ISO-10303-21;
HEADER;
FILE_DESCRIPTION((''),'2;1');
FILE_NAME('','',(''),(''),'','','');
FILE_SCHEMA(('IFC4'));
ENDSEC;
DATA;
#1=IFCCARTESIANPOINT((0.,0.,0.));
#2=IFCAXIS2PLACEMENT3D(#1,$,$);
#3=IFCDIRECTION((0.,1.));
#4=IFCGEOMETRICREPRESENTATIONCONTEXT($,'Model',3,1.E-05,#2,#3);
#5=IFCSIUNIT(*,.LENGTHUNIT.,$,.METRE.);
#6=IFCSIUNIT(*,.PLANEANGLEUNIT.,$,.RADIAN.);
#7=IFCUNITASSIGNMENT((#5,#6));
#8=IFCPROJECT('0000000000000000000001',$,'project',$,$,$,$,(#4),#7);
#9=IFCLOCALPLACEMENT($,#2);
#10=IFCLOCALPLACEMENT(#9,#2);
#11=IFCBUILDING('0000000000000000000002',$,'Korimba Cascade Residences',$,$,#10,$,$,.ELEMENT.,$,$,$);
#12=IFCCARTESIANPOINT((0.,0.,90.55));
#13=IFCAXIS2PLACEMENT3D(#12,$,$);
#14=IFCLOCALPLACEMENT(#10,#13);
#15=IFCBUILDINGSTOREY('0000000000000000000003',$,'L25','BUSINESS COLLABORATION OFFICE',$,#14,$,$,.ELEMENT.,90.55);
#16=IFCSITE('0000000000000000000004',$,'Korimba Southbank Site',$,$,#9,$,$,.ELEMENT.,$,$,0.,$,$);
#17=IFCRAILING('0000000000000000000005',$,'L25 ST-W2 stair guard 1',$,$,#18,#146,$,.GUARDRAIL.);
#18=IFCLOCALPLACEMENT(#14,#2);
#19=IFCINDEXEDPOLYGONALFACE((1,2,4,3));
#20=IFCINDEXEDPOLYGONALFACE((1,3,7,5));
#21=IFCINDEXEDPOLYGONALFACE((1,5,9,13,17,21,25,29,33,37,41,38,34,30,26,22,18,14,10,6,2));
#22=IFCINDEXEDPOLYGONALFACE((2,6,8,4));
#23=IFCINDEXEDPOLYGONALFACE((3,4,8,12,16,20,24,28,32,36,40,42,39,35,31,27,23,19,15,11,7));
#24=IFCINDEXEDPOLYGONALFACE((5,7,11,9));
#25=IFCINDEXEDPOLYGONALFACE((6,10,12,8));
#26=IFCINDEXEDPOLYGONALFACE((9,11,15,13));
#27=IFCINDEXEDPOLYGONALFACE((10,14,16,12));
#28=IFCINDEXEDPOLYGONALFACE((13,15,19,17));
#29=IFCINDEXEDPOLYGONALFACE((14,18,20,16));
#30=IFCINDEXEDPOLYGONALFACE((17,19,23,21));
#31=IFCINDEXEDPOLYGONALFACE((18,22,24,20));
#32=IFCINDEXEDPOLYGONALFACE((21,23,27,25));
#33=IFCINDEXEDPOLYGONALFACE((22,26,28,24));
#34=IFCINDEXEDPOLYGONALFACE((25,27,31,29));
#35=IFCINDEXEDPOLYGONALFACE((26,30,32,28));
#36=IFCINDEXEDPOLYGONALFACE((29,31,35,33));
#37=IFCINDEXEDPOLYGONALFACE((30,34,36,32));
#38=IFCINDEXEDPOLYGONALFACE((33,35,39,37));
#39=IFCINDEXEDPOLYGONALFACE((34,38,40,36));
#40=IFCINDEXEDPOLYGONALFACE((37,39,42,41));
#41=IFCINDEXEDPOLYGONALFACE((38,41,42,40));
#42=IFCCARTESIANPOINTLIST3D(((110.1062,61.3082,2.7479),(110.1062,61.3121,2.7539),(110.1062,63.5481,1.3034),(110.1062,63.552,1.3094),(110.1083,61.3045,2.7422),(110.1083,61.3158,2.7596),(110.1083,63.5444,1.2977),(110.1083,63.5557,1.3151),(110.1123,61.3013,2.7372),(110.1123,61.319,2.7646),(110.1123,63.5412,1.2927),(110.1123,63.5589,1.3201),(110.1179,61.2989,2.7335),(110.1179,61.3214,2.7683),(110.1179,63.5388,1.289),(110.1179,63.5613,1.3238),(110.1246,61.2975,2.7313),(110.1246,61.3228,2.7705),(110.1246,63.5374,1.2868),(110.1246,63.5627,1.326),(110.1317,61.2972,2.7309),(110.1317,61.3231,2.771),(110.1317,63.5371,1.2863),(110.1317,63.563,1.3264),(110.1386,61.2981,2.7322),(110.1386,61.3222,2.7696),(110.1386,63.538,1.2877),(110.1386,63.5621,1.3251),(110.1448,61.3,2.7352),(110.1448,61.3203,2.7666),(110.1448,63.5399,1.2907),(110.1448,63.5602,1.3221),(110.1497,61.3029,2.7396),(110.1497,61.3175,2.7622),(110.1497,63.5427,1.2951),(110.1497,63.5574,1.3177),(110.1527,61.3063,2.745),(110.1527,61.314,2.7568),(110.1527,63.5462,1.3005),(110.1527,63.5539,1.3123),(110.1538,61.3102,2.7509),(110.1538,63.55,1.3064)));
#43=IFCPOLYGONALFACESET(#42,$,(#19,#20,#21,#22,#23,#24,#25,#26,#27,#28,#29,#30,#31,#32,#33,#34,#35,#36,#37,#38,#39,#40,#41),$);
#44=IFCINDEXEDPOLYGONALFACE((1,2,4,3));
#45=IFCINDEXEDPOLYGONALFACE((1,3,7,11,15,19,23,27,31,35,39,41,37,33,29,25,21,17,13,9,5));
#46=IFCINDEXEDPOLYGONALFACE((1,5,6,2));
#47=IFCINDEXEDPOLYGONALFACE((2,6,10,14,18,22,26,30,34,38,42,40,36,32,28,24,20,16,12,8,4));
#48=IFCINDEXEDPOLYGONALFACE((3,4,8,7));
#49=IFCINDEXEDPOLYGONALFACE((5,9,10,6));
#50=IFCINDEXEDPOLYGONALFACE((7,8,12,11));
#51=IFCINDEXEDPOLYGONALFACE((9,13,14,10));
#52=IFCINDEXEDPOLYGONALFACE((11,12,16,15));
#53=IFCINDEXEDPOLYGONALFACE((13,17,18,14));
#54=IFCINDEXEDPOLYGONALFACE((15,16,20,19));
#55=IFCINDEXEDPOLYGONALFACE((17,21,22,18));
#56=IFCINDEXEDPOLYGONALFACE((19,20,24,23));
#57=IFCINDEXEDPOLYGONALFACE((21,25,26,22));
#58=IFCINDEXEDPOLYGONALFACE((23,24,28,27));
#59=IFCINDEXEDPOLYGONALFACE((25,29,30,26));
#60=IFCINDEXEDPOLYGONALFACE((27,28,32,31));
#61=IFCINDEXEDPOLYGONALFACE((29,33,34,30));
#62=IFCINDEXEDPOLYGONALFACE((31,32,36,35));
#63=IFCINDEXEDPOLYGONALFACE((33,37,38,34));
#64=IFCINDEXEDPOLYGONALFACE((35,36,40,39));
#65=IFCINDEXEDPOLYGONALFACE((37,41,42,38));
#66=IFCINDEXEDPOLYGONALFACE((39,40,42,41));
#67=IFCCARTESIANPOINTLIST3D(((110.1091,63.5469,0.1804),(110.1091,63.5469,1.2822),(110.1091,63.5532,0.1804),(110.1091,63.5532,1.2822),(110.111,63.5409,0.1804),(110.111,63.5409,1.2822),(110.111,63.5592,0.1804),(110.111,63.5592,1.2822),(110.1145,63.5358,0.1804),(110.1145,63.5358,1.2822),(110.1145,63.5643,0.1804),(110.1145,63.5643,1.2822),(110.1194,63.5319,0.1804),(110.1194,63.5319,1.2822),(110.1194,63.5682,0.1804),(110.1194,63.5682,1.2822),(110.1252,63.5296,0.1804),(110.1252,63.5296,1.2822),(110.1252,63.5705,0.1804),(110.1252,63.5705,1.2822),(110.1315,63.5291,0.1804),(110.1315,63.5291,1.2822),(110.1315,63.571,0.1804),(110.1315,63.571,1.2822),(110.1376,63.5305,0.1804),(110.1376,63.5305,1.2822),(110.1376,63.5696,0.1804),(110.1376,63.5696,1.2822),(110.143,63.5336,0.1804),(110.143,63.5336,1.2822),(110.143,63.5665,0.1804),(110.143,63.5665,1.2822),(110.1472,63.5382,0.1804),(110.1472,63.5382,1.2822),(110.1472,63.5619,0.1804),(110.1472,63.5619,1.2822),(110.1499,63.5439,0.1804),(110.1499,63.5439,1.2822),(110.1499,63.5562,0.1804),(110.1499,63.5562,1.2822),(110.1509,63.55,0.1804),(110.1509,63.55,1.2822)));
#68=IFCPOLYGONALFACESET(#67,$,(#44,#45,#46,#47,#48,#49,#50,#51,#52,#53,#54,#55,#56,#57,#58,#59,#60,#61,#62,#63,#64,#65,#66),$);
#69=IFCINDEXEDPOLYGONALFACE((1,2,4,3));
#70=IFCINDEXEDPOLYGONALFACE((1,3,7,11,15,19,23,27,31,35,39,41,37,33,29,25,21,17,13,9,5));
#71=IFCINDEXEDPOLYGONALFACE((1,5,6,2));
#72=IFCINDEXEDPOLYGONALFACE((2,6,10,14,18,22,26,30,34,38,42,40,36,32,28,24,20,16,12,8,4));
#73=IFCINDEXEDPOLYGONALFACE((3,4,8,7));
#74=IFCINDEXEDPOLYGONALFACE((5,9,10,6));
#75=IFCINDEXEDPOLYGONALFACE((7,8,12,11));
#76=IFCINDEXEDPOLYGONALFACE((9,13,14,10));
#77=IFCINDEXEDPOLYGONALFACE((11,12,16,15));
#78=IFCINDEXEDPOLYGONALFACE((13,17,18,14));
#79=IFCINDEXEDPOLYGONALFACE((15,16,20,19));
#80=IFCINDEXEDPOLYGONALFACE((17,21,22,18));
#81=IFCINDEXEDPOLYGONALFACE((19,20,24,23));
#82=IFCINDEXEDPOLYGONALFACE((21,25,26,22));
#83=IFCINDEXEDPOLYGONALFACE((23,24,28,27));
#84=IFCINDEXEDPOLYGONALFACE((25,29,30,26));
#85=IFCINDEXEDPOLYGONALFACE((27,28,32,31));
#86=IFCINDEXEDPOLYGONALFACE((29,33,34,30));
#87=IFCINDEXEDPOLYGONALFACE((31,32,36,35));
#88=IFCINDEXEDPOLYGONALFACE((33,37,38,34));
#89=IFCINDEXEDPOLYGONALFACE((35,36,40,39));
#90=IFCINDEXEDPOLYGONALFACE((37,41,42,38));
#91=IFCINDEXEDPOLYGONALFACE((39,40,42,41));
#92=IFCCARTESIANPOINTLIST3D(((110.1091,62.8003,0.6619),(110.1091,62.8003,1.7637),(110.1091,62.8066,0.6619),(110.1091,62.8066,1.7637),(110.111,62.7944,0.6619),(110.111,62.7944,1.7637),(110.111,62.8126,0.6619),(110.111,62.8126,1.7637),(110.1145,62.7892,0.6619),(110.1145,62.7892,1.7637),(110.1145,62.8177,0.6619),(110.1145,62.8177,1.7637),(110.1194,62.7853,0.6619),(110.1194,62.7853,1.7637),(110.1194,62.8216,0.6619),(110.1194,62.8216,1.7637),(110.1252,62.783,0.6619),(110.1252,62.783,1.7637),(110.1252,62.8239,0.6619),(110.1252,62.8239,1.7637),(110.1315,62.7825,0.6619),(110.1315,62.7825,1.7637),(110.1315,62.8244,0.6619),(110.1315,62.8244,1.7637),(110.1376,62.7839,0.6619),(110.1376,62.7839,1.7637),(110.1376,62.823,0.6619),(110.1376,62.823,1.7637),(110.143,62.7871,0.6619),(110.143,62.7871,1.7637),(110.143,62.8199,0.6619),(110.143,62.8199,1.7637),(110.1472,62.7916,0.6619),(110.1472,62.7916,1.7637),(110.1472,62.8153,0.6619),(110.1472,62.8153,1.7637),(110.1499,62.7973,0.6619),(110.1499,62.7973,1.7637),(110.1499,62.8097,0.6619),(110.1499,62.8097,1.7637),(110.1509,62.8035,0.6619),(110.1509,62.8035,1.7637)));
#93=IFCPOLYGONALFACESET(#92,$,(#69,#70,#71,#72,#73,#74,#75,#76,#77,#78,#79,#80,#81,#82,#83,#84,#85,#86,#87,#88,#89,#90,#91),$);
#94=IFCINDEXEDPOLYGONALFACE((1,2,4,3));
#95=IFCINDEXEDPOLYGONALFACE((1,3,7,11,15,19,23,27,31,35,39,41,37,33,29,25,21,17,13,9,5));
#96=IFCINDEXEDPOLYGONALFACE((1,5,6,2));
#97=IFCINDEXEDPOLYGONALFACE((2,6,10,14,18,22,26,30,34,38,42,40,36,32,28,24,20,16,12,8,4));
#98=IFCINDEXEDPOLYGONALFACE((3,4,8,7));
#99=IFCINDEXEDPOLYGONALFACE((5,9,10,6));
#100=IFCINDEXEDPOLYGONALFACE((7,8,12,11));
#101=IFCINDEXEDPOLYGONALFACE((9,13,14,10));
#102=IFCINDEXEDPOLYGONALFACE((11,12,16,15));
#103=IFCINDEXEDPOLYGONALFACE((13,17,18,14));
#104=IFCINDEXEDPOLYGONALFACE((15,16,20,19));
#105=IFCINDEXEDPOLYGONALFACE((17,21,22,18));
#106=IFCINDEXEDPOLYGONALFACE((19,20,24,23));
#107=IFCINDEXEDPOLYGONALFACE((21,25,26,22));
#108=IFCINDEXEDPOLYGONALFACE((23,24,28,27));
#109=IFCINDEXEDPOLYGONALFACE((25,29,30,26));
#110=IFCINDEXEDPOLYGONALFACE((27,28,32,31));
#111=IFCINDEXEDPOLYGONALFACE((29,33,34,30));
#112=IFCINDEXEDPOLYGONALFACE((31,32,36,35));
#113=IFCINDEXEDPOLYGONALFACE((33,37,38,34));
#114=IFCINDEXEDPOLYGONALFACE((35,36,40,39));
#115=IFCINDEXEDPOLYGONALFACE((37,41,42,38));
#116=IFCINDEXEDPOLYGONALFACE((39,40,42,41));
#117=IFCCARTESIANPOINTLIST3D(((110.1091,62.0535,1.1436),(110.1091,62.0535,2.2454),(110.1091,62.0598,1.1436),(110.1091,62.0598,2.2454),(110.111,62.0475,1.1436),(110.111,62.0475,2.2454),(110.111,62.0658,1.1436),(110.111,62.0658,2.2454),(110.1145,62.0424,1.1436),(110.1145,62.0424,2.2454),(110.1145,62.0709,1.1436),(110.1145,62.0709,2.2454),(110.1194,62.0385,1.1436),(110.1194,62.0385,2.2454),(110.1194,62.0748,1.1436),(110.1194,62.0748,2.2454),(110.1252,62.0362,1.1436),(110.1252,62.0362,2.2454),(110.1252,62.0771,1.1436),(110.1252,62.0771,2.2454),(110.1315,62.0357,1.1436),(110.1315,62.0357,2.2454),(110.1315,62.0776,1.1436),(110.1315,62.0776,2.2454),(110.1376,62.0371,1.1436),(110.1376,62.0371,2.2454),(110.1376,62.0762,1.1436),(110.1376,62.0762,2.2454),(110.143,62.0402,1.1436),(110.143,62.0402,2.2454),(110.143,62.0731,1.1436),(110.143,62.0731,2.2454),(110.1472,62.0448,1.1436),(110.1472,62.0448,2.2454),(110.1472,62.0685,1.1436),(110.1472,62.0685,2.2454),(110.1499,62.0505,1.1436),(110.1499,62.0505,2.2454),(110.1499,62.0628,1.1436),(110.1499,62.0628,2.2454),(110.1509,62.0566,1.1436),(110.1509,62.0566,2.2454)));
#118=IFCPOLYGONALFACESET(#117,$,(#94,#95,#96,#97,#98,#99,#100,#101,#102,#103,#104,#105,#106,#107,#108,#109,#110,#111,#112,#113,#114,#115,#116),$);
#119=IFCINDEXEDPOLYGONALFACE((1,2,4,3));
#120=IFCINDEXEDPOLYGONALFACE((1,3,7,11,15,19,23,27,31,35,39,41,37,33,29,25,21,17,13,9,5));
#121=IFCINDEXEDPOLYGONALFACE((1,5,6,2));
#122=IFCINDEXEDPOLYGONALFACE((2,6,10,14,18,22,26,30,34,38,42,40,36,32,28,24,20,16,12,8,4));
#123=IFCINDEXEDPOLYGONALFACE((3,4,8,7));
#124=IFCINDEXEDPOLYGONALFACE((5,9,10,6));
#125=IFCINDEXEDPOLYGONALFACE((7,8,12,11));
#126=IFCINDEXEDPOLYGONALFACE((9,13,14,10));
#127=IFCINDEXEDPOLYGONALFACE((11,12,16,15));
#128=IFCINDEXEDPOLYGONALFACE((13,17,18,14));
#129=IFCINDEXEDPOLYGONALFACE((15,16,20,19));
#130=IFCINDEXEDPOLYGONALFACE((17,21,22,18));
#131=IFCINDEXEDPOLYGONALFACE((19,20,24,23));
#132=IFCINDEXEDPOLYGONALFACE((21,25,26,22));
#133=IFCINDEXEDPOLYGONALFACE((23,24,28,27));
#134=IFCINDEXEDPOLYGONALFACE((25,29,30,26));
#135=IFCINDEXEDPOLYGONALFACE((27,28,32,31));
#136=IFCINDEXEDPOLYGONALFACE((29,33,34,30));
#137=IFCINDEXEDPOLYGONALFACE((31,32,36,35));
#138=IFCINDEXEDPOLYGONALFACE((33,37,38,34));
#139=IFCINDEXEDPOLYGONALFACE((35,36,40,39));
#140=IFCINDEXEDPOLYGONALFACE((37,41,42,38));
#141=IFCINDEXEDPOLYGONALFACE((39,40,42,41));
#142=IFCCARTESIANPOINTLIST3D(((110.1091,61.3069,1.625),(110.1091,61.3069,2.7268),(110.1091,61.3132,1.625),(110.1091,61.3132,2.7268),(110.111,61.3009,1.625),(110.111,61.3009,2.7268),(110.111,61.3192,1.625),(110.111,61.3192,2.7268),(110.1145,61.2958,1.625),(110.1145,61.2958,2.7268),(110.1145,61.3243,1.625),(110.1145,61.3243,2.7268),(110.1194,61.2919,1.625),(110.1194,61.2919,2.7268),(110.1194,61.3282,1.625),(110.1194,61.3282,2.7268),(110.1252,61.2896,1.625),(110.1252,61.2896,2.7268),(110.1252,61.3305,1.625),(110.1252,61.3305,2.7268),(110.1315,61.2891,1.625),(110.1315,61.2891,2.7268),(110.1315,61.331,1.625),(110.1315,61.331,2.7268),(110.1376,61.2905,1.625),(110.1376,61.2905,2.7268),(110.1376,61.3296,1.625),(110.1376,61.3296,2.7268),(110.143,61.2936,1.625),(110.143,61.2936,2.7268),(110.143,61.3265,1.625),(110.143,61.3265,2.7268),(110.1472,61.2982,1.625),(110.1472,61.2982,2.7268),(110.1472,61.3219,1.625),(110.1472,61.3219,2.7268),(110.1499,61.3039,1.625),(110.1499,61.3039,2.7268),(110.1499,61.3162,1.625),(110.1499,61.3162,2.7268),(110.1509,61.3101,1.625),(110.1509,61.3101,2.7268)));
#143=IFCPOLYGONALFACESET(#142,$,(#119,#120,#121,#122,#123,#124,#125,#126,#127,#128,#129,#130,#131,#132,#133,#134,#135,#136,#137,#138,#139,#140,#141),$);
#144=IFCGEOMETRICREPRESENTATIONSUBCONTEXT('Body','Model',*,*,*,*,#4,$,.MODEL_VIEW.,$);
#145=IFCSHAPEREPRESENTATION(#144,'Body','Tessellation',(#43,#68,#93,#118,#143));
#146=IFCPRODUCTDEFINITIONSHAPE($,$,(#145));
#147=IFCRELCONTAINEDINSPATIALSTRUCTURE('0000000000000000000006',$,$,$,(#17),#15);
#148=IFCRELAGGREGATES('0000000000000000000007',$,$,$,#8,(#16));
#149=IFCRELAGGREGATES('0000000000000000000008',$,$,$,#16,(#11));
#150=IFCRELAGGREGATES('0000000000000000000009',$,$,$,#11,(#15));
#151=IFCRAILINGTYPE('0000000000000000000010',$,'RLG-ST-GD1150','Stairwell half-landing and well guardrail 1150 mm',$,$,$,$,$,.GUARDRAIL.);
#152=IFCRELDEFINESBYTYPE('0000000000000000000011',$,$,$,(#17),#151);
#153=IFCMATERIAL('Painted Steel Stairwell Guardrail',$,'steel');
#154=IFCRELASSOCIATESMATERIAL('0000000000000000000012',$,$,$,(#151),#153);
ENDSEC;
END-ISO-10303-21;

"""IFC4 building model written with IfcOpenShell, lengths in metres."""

from ifc_helpers import new_model, si_unit, direction, frame, origin, origin_2d, place, context, subcontext, project, spatial, circle, extrude, material, type_object, element, save


model = new_model("IFC4")

# Units and contexts
model_context = context("Model", 3, precision=1e-05, world=origin(), true_north=direction((0.0, 1.0)))
body_context = subcontext(model_context, "Body", "Model", "MODEL_VIEW")
ifc_project = project(units=[si_unit("LENGTHUNIT", "METRE"), si_unit("PLANEANGLEUNIT", "RADIAN")], contexts=[model_context])

# Site, building, storey
site_placement = place(None, origin())
site = spatial("IfcSite", under=ifc_project, at=site_placement, Name="Korimba Southbank Site", CompositionType="ELEMENT", RefElevation=0.0)
building_placement = place(site_placement, origin())
building = spatial("IfcBuilding", under=site, at=building_placement, Name="Korimba Cascade Residences", CompositionType="ELEMENT")
storey_placement = place(building_placement, frame((0.0, 0.0, 90.55)))
storey = spatial("IfcBuildingStorey", under=building, at=storey_placement, Name="L25", Description="BUSINESS COLLABORATION OFFICE", CompositionType="ELEMENT", Elevation=90.55)

# Railing
ifc_material_1 = material(Name="Painted Steel Stairwell Guardrail", Category="steel")
railing_type_1 = type_object("IfcRailingType", Name="RLG-ST-GD1150", Description="Stairwell half-landing and well guardrail 1150 mm", PredefinedType="GUARDRAIL", material=ifc_material_1)
railing_1_placement = place(storey_placement, frame((110.1299, 63.55, 0.1804)))
element("IfcRailing", 1, at=railing_1_placement, inside=storey, type_object=railing_type_1, Name="L25 ST-W2 stair guard 1", PredefinedType="GUARDRAIL", context=body_context, shape_type="SweptSolid", body=[
    extrude(circle(Radius=0.0239, at=origin_2d()), frame((0.0, 0.0, 1.126), z_axis=(0.0, -0.840395, 0.541975), x_axis=(1.0, 0.0, 0.0)), (0.0, 0.0, 1.0), 2.6653),
    extrude(circle(Radius=0.021, at=origin_2d()), origin(), (0.0, 0.0, 1.0), 1.1018),
    extrude(circle(Radius=0.021, at=origin_2d()), frame((0.0, -0.7466, 0.4814)), (0.0, 0.0, 1.0), 1.1018),
    extrude(circle(Radius=0.021, at=origin_2d()), frame((0.0, -1.4934, 0.9631)), (0.0, 0.0, 1.0), 1.1018),
    extrude(circle(Radius=0.021, at=origin_2d()), frame((0.0, -2.24, 1.4446)), (0.0, 0.0, 1.0), 1.1018),
])

save(model, "model.ifc")
